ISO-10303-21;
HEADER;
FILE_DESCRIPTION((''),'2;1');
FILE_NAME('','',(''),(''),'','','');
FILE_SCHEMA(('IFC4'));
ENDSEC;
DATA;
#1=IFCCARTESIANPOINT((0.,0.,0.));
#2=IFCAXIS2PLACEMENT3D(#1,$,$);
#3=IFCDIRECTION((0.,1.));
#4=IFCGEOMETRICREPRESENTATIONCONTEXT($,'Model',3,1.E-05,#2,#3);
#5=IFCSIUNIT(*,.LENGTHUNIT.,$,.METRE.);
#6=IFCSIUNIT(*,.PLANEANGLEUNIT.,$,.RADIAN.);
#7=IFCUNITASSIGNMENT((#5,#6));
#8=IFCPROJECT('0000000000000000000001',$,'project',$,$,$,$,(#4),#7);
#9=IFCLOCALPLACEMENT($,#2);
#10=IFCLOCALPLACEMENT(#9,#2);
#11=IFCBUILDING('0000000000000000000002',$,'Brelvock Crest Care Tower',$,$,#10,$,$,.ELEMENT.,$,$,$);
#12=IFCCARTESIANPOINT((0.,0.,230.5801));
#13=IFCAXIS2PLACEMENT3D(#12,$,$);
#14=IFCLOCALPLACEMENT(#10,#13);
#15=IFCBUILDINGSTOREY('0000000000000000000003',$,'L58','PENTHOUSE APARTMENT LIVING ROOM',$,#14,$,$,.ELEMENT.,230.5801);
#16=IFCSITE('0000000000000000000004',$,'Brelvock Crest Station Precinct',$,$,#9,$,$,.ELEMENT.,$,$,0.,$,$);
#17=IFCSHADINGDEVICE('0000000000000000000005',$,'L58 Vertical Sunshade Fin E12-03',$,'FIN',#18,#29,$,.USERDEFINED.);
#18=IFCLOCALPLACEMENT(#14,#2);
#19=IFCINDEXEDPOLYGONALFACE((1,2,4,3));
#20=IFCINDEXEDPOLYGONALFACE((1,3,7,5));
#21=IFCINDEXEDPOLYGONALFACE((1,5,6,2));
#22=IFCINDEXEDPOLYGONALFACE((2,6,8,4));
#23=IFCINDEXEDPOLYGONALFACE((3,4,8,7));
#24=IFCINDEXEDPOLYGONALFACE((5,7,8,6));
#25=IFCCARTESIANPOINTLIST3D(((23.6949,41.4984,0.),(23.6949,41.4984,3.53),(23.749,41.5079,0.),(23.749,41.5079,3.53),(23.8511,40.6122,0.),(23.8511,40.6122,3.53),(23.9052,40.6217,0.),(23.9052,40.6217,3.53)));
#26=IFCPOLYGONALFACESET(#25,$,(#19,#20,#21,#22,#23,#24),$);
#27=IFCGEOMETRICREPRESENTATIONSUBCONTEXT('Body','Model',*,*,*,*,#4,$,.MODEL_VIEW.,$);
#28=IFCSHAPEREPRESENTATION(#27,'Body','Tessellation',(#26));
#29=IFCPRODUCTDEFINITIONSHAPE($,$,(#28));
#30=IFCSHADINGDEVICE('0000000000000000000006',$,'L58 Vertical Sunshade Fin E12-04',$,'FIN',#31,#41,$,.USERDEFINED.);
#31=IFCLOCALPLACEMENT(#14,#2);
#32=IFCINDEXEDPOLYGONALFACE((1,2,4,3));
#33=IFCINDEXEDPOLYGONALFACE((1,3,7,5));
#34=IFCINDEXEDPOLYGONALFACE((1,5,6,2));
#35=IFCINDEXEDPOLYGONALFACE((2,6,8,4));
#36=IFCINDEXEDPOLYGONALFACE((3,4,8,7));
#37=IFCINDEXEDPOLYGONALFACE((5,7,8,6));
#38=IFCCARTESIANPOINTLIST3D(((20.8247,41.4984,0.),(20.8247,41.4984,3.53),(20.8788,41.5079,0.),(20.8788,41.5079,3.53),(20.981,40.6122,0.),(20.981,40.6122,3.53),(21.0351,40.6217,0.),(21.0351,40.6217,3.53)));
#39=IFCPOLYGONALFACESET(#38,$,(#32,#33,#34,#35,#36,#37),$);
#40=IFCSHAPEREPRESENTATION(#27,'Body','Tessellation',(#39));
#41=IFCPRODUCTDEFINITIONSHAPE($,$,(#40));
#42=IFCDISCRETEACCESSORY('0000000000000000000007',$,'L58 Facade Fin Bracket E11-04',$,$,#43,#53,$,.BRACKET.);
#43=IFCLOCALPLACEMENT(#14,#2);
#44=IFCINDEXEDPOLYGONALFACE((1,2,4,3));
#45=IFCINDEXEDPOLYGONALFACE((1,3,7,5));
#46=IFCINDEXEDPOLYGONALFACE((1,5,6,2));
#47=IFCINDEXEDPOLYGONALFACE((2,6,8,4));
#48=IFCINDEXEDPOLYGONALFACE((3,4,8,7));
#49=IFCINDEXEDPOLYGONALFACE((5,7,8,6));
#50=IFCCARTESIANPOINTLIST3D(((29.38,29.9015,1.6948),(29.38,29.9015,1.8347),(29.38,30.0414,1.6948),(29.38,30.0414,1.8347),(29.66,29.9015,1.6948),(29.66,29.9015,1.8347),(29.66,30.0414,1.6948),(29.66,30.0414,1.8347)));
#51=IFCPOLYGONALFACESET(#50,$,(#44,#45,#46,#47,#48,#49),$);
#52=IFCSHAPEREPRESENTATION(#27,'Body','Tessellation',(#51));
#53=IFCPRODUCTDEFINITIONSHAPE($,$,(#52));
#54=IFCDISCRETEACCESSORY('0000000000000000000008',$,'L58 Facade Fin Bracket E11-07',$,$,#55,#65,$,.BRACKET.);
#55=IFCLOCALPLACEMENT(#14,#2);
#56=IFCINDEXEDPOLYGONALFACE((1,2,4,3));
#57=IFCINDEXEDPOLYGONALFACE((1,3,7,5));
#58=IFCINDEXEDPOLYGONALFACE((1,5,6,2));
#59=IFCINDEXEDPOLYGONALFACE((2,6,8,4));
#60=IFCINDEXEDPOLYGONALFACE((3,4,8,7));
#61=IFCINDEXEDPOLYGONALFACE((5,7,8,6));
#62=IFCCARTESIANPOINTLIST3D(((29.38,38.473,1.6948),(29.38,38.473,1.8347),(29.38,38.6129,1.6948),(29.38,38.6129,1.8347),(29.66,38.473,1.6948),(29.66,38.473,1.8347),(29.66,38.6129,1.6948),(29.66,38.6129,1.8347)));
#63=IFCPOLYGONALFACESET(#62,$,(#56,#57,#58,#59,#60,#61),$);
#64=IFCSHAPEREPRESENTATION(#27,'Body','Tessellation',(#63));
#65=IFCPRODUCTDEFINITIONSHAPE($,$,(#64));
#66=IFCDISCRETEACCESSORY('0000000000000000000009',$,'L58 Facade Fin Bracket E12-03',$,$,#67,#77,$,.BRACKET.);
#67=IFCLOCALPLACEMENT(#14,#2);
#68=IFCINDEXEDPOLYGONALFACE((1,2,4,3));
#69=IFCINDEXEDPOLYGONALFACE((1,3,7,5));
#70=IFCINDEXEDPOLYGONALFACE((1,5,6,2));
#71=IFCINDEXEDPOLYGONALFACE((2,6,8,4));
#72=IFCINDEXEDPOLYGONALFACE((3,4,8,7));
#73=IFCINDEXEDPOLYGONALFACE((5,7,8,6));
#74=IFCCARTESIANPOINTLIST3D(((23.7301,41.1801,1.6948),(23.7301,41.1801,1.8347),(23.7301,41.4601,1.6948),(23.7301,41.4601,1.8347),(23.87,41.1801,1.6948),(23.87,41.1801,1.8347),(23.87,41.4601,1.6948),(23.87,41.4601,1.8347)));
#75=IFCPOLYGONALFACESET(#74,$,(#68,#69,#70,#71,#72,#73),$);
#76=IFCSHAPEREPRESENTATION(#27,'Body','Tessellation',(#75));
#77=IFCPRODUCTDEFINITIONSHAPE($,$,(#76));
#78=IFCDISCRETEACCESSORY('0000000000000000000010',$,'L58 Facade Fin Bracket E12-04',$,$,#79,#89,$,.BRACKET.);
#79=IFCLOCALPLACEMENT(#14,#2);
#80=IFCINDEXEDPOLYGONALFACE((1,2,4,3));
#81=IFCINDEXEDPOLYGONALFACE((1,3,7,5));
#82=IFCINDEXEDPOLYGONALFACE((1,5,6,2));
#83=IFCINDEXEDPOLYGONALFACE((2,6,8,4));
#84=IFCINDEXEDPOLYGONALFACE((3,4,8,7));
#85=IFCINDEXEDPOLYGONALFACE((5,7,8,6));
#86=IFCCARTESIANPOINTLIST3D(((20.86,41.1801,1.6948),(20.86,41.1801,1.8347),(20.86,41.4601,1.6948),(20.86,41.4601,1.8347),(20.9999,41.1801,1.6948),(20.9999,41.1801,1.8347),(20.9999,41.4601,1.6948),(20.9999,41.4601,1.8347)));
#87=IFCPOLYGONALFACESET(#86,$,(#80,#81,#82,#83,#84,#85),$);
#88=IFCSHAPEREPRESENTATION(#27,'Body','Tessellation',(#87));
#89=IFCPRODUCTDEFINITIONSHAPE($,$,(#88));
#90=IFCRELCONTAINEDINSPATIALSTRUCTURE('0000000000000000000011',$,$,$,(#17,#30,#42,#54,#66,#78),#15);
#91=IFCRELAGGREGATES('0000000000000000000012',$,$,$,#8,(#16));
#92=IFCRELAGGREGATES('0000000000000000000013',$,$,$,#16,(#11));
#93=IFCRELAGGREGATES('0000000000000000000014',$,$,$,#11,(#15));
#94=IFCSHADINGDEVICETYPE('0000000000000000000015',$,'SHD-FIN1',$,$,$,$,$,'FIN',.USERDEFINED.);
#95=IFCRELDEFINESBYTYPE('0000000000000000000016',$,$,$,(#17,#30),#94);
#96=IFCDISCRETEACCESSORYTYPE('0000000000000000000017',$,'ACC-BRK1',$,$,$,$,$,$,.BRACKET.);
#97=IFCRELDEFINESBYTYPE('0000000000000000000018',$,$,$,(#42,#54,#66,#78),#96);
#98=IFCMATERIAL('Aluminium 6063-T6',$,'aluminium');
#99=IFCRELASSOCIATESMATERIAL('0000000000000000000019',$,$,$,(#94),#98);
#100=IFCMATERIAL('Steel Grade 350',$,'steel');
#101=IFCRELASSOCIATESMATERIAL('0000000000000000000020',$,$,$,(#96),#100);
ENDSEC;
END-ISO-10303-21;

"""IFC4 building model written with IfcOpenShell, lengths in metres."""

from ifc_helpers import new_model, si_unit, direction, frame, origin, origin_2d, place, context, subcontext, project, spatial, rectangle, extrude, source, transform, mapped, material, material_profile, profile_set, type_object, element, save


model = new_model("IFC4")

# Units and contexts
model_context = context("Model", 3, precision=1e-05, world=origin(), true_north=direction((0.0, 1.0)))
body_context = subcontext(model_context, "Body", "Model", "MODEL_VIEW")
ifc_project = project(units=[si_unit("LENGTHUNIT", "METRE"), si_unit("PLANEANGLEUNIT", "RADIAN")], contexts=[model_context])

# Site, building, storey
site_placement = place(None, origin())
site = spatial("IfcSite", under=ifc_project, at=site_placement, Name="Brelvock Crest Station Precinct", CompositionType="ELEMENT", RefElevation=0.0)
building_placement = place(site_placement, origin())
building = spatial("IfcBuilding", under=site, at=building_placement, Name="Brelvock Crest Care Tower", CompositionType="ELEMENT")
storey_placement = place(building_placement, frame((0.0, 0.0, 230.5801)))
storey = spatial("IfcBuildingStorey", under=building, at=storey_placement, Name="L58", Description="PENTHOUSE APARTMENT LIVING ROOM", CompositionType="ELEMENT", Elevation=230.5801)

# Shared definitions
ifc_material_1 = material(Name="Aluminium 6063-T6", Category="aluminium")

# Shading devices
ifc_material_profile_1 = material_profile(ifc_material_1, rectangle(XDim=0.0549, YDim=0.8999, at=origin_2d()), Name="FIN55x900")
ifc_profile_set_1 = profile_set([ifc_material_profile_1], Name="Aluminium 6063-T6")
shading_device_type = type_object("IfcShadingDeviceType", Name="SHD-FIN1", ElementType="FIN", PredefinedType="USERDEFINED", material=ifc_profile_set_1)
shared_shape_1 = source(origin(), body_context, "Body", "SweptSolid", [
    extrude(rectangle(XDim=0.0549, YDim=0.8999, at=origin_2d()), origin(), (0.0, 0.0, 1.0), 3.53),
])
for number, where, z_axis, x_axis, name in (
    (1, (23.8, 41.0601, 0.0), (0.0, 0.0, 1.0), (-0.984808, -0.173648, 0.0), "L58 Vertical Sunshade Fin E12-03"),
    (2, (20.9299, 41.0601, 0.0), (0.0, 0.0, 1.0), (-0.984808, -0.173648, 0.0), "L58 Vertical Sunshade Fin E12-04"),
):
    element("IfcShadingDevice", number, at=place(storey_placement, frame(where, z_axis=z_axis, x_axis=x_axis)), inside=storey, type_object=shading_device_type, Name=name, ObjectType="FIN", PredefinedType="USERDEFINED", context=body_context, shape_type="MappedRepresentation", body=[
        mapped(shared_shape_1, transform((0.0, 0.0, 0.0), x_axis=(1.0, 0.0, 0.0), y_axis=(0.0, 1.0, 0.0), z_axis=(0.0, 0.0, 1.0), scale=1.0)),
    ])

# Discrete accessories
ifc_material_2 = material(Name="Steel Grade 350", Category="steel")
discrete_accessory_type = type_object("IfcDiscreteAccessoryType", Name="ACC-BRK1", PredefinedType="BRACKET", material=ifc_material_2)
shared_shape_2 = source(origin(), body_context, "Body", "SweptSolid", [
    extrude(rectangle(XDim=0.28, YDim=0.1399, at=origin_2d()), origin(), (0.0, 0.0, 1.0), 0.1399),
])
for number, where, z_axis, x_axis, name in (
    (3, (29.52, 29.9714, 1.6948), (0.0, 0.0, 1.0), (-1.0, 0.0, 0.0), "L58 Facade Fin Bracket E11-04"),
    (4, (29.52, 38.543, 1.6948), (0.0, 0.0, 1.0), (-1.0, 0.0, 0.0), "L58 Facade Fin Bracket E11-07"),
    (5, (23.8, 41.3201, 1.6948), (0.0, 0.0, 1.0), (0.0, -1.0, 0.0), "L58 Facade Fin Bracket E12-03"),
    (6, (20.9299, 41.3201, 1.6948), (0.0, 0.0, 1.0), (0.0, -1.0, 0.0), "L58 Facade Fin Bracket E12-04"),
):
    element("IfcDiscreteAccessory", number, at=place(storey_placement, frame(where, z_axis=z_axis, x_axis=x_axis)), inside=storey, type_object=discrete_accessory_type, Name=name, PredefinedType="BRACKET", context=body_context, shape_type="MappedRepresentation", body=[
        mapped(shared_shape_2, transform((0.0, 0.0, 0.0), x_axis=(1.0, 0.0, 0.0), y_axis=(0.0, 1.0, 0.0), z_axis=(0.0, 0.0, 1.0), scale=1.0)),
    ])

save(model, "model.ifc")
